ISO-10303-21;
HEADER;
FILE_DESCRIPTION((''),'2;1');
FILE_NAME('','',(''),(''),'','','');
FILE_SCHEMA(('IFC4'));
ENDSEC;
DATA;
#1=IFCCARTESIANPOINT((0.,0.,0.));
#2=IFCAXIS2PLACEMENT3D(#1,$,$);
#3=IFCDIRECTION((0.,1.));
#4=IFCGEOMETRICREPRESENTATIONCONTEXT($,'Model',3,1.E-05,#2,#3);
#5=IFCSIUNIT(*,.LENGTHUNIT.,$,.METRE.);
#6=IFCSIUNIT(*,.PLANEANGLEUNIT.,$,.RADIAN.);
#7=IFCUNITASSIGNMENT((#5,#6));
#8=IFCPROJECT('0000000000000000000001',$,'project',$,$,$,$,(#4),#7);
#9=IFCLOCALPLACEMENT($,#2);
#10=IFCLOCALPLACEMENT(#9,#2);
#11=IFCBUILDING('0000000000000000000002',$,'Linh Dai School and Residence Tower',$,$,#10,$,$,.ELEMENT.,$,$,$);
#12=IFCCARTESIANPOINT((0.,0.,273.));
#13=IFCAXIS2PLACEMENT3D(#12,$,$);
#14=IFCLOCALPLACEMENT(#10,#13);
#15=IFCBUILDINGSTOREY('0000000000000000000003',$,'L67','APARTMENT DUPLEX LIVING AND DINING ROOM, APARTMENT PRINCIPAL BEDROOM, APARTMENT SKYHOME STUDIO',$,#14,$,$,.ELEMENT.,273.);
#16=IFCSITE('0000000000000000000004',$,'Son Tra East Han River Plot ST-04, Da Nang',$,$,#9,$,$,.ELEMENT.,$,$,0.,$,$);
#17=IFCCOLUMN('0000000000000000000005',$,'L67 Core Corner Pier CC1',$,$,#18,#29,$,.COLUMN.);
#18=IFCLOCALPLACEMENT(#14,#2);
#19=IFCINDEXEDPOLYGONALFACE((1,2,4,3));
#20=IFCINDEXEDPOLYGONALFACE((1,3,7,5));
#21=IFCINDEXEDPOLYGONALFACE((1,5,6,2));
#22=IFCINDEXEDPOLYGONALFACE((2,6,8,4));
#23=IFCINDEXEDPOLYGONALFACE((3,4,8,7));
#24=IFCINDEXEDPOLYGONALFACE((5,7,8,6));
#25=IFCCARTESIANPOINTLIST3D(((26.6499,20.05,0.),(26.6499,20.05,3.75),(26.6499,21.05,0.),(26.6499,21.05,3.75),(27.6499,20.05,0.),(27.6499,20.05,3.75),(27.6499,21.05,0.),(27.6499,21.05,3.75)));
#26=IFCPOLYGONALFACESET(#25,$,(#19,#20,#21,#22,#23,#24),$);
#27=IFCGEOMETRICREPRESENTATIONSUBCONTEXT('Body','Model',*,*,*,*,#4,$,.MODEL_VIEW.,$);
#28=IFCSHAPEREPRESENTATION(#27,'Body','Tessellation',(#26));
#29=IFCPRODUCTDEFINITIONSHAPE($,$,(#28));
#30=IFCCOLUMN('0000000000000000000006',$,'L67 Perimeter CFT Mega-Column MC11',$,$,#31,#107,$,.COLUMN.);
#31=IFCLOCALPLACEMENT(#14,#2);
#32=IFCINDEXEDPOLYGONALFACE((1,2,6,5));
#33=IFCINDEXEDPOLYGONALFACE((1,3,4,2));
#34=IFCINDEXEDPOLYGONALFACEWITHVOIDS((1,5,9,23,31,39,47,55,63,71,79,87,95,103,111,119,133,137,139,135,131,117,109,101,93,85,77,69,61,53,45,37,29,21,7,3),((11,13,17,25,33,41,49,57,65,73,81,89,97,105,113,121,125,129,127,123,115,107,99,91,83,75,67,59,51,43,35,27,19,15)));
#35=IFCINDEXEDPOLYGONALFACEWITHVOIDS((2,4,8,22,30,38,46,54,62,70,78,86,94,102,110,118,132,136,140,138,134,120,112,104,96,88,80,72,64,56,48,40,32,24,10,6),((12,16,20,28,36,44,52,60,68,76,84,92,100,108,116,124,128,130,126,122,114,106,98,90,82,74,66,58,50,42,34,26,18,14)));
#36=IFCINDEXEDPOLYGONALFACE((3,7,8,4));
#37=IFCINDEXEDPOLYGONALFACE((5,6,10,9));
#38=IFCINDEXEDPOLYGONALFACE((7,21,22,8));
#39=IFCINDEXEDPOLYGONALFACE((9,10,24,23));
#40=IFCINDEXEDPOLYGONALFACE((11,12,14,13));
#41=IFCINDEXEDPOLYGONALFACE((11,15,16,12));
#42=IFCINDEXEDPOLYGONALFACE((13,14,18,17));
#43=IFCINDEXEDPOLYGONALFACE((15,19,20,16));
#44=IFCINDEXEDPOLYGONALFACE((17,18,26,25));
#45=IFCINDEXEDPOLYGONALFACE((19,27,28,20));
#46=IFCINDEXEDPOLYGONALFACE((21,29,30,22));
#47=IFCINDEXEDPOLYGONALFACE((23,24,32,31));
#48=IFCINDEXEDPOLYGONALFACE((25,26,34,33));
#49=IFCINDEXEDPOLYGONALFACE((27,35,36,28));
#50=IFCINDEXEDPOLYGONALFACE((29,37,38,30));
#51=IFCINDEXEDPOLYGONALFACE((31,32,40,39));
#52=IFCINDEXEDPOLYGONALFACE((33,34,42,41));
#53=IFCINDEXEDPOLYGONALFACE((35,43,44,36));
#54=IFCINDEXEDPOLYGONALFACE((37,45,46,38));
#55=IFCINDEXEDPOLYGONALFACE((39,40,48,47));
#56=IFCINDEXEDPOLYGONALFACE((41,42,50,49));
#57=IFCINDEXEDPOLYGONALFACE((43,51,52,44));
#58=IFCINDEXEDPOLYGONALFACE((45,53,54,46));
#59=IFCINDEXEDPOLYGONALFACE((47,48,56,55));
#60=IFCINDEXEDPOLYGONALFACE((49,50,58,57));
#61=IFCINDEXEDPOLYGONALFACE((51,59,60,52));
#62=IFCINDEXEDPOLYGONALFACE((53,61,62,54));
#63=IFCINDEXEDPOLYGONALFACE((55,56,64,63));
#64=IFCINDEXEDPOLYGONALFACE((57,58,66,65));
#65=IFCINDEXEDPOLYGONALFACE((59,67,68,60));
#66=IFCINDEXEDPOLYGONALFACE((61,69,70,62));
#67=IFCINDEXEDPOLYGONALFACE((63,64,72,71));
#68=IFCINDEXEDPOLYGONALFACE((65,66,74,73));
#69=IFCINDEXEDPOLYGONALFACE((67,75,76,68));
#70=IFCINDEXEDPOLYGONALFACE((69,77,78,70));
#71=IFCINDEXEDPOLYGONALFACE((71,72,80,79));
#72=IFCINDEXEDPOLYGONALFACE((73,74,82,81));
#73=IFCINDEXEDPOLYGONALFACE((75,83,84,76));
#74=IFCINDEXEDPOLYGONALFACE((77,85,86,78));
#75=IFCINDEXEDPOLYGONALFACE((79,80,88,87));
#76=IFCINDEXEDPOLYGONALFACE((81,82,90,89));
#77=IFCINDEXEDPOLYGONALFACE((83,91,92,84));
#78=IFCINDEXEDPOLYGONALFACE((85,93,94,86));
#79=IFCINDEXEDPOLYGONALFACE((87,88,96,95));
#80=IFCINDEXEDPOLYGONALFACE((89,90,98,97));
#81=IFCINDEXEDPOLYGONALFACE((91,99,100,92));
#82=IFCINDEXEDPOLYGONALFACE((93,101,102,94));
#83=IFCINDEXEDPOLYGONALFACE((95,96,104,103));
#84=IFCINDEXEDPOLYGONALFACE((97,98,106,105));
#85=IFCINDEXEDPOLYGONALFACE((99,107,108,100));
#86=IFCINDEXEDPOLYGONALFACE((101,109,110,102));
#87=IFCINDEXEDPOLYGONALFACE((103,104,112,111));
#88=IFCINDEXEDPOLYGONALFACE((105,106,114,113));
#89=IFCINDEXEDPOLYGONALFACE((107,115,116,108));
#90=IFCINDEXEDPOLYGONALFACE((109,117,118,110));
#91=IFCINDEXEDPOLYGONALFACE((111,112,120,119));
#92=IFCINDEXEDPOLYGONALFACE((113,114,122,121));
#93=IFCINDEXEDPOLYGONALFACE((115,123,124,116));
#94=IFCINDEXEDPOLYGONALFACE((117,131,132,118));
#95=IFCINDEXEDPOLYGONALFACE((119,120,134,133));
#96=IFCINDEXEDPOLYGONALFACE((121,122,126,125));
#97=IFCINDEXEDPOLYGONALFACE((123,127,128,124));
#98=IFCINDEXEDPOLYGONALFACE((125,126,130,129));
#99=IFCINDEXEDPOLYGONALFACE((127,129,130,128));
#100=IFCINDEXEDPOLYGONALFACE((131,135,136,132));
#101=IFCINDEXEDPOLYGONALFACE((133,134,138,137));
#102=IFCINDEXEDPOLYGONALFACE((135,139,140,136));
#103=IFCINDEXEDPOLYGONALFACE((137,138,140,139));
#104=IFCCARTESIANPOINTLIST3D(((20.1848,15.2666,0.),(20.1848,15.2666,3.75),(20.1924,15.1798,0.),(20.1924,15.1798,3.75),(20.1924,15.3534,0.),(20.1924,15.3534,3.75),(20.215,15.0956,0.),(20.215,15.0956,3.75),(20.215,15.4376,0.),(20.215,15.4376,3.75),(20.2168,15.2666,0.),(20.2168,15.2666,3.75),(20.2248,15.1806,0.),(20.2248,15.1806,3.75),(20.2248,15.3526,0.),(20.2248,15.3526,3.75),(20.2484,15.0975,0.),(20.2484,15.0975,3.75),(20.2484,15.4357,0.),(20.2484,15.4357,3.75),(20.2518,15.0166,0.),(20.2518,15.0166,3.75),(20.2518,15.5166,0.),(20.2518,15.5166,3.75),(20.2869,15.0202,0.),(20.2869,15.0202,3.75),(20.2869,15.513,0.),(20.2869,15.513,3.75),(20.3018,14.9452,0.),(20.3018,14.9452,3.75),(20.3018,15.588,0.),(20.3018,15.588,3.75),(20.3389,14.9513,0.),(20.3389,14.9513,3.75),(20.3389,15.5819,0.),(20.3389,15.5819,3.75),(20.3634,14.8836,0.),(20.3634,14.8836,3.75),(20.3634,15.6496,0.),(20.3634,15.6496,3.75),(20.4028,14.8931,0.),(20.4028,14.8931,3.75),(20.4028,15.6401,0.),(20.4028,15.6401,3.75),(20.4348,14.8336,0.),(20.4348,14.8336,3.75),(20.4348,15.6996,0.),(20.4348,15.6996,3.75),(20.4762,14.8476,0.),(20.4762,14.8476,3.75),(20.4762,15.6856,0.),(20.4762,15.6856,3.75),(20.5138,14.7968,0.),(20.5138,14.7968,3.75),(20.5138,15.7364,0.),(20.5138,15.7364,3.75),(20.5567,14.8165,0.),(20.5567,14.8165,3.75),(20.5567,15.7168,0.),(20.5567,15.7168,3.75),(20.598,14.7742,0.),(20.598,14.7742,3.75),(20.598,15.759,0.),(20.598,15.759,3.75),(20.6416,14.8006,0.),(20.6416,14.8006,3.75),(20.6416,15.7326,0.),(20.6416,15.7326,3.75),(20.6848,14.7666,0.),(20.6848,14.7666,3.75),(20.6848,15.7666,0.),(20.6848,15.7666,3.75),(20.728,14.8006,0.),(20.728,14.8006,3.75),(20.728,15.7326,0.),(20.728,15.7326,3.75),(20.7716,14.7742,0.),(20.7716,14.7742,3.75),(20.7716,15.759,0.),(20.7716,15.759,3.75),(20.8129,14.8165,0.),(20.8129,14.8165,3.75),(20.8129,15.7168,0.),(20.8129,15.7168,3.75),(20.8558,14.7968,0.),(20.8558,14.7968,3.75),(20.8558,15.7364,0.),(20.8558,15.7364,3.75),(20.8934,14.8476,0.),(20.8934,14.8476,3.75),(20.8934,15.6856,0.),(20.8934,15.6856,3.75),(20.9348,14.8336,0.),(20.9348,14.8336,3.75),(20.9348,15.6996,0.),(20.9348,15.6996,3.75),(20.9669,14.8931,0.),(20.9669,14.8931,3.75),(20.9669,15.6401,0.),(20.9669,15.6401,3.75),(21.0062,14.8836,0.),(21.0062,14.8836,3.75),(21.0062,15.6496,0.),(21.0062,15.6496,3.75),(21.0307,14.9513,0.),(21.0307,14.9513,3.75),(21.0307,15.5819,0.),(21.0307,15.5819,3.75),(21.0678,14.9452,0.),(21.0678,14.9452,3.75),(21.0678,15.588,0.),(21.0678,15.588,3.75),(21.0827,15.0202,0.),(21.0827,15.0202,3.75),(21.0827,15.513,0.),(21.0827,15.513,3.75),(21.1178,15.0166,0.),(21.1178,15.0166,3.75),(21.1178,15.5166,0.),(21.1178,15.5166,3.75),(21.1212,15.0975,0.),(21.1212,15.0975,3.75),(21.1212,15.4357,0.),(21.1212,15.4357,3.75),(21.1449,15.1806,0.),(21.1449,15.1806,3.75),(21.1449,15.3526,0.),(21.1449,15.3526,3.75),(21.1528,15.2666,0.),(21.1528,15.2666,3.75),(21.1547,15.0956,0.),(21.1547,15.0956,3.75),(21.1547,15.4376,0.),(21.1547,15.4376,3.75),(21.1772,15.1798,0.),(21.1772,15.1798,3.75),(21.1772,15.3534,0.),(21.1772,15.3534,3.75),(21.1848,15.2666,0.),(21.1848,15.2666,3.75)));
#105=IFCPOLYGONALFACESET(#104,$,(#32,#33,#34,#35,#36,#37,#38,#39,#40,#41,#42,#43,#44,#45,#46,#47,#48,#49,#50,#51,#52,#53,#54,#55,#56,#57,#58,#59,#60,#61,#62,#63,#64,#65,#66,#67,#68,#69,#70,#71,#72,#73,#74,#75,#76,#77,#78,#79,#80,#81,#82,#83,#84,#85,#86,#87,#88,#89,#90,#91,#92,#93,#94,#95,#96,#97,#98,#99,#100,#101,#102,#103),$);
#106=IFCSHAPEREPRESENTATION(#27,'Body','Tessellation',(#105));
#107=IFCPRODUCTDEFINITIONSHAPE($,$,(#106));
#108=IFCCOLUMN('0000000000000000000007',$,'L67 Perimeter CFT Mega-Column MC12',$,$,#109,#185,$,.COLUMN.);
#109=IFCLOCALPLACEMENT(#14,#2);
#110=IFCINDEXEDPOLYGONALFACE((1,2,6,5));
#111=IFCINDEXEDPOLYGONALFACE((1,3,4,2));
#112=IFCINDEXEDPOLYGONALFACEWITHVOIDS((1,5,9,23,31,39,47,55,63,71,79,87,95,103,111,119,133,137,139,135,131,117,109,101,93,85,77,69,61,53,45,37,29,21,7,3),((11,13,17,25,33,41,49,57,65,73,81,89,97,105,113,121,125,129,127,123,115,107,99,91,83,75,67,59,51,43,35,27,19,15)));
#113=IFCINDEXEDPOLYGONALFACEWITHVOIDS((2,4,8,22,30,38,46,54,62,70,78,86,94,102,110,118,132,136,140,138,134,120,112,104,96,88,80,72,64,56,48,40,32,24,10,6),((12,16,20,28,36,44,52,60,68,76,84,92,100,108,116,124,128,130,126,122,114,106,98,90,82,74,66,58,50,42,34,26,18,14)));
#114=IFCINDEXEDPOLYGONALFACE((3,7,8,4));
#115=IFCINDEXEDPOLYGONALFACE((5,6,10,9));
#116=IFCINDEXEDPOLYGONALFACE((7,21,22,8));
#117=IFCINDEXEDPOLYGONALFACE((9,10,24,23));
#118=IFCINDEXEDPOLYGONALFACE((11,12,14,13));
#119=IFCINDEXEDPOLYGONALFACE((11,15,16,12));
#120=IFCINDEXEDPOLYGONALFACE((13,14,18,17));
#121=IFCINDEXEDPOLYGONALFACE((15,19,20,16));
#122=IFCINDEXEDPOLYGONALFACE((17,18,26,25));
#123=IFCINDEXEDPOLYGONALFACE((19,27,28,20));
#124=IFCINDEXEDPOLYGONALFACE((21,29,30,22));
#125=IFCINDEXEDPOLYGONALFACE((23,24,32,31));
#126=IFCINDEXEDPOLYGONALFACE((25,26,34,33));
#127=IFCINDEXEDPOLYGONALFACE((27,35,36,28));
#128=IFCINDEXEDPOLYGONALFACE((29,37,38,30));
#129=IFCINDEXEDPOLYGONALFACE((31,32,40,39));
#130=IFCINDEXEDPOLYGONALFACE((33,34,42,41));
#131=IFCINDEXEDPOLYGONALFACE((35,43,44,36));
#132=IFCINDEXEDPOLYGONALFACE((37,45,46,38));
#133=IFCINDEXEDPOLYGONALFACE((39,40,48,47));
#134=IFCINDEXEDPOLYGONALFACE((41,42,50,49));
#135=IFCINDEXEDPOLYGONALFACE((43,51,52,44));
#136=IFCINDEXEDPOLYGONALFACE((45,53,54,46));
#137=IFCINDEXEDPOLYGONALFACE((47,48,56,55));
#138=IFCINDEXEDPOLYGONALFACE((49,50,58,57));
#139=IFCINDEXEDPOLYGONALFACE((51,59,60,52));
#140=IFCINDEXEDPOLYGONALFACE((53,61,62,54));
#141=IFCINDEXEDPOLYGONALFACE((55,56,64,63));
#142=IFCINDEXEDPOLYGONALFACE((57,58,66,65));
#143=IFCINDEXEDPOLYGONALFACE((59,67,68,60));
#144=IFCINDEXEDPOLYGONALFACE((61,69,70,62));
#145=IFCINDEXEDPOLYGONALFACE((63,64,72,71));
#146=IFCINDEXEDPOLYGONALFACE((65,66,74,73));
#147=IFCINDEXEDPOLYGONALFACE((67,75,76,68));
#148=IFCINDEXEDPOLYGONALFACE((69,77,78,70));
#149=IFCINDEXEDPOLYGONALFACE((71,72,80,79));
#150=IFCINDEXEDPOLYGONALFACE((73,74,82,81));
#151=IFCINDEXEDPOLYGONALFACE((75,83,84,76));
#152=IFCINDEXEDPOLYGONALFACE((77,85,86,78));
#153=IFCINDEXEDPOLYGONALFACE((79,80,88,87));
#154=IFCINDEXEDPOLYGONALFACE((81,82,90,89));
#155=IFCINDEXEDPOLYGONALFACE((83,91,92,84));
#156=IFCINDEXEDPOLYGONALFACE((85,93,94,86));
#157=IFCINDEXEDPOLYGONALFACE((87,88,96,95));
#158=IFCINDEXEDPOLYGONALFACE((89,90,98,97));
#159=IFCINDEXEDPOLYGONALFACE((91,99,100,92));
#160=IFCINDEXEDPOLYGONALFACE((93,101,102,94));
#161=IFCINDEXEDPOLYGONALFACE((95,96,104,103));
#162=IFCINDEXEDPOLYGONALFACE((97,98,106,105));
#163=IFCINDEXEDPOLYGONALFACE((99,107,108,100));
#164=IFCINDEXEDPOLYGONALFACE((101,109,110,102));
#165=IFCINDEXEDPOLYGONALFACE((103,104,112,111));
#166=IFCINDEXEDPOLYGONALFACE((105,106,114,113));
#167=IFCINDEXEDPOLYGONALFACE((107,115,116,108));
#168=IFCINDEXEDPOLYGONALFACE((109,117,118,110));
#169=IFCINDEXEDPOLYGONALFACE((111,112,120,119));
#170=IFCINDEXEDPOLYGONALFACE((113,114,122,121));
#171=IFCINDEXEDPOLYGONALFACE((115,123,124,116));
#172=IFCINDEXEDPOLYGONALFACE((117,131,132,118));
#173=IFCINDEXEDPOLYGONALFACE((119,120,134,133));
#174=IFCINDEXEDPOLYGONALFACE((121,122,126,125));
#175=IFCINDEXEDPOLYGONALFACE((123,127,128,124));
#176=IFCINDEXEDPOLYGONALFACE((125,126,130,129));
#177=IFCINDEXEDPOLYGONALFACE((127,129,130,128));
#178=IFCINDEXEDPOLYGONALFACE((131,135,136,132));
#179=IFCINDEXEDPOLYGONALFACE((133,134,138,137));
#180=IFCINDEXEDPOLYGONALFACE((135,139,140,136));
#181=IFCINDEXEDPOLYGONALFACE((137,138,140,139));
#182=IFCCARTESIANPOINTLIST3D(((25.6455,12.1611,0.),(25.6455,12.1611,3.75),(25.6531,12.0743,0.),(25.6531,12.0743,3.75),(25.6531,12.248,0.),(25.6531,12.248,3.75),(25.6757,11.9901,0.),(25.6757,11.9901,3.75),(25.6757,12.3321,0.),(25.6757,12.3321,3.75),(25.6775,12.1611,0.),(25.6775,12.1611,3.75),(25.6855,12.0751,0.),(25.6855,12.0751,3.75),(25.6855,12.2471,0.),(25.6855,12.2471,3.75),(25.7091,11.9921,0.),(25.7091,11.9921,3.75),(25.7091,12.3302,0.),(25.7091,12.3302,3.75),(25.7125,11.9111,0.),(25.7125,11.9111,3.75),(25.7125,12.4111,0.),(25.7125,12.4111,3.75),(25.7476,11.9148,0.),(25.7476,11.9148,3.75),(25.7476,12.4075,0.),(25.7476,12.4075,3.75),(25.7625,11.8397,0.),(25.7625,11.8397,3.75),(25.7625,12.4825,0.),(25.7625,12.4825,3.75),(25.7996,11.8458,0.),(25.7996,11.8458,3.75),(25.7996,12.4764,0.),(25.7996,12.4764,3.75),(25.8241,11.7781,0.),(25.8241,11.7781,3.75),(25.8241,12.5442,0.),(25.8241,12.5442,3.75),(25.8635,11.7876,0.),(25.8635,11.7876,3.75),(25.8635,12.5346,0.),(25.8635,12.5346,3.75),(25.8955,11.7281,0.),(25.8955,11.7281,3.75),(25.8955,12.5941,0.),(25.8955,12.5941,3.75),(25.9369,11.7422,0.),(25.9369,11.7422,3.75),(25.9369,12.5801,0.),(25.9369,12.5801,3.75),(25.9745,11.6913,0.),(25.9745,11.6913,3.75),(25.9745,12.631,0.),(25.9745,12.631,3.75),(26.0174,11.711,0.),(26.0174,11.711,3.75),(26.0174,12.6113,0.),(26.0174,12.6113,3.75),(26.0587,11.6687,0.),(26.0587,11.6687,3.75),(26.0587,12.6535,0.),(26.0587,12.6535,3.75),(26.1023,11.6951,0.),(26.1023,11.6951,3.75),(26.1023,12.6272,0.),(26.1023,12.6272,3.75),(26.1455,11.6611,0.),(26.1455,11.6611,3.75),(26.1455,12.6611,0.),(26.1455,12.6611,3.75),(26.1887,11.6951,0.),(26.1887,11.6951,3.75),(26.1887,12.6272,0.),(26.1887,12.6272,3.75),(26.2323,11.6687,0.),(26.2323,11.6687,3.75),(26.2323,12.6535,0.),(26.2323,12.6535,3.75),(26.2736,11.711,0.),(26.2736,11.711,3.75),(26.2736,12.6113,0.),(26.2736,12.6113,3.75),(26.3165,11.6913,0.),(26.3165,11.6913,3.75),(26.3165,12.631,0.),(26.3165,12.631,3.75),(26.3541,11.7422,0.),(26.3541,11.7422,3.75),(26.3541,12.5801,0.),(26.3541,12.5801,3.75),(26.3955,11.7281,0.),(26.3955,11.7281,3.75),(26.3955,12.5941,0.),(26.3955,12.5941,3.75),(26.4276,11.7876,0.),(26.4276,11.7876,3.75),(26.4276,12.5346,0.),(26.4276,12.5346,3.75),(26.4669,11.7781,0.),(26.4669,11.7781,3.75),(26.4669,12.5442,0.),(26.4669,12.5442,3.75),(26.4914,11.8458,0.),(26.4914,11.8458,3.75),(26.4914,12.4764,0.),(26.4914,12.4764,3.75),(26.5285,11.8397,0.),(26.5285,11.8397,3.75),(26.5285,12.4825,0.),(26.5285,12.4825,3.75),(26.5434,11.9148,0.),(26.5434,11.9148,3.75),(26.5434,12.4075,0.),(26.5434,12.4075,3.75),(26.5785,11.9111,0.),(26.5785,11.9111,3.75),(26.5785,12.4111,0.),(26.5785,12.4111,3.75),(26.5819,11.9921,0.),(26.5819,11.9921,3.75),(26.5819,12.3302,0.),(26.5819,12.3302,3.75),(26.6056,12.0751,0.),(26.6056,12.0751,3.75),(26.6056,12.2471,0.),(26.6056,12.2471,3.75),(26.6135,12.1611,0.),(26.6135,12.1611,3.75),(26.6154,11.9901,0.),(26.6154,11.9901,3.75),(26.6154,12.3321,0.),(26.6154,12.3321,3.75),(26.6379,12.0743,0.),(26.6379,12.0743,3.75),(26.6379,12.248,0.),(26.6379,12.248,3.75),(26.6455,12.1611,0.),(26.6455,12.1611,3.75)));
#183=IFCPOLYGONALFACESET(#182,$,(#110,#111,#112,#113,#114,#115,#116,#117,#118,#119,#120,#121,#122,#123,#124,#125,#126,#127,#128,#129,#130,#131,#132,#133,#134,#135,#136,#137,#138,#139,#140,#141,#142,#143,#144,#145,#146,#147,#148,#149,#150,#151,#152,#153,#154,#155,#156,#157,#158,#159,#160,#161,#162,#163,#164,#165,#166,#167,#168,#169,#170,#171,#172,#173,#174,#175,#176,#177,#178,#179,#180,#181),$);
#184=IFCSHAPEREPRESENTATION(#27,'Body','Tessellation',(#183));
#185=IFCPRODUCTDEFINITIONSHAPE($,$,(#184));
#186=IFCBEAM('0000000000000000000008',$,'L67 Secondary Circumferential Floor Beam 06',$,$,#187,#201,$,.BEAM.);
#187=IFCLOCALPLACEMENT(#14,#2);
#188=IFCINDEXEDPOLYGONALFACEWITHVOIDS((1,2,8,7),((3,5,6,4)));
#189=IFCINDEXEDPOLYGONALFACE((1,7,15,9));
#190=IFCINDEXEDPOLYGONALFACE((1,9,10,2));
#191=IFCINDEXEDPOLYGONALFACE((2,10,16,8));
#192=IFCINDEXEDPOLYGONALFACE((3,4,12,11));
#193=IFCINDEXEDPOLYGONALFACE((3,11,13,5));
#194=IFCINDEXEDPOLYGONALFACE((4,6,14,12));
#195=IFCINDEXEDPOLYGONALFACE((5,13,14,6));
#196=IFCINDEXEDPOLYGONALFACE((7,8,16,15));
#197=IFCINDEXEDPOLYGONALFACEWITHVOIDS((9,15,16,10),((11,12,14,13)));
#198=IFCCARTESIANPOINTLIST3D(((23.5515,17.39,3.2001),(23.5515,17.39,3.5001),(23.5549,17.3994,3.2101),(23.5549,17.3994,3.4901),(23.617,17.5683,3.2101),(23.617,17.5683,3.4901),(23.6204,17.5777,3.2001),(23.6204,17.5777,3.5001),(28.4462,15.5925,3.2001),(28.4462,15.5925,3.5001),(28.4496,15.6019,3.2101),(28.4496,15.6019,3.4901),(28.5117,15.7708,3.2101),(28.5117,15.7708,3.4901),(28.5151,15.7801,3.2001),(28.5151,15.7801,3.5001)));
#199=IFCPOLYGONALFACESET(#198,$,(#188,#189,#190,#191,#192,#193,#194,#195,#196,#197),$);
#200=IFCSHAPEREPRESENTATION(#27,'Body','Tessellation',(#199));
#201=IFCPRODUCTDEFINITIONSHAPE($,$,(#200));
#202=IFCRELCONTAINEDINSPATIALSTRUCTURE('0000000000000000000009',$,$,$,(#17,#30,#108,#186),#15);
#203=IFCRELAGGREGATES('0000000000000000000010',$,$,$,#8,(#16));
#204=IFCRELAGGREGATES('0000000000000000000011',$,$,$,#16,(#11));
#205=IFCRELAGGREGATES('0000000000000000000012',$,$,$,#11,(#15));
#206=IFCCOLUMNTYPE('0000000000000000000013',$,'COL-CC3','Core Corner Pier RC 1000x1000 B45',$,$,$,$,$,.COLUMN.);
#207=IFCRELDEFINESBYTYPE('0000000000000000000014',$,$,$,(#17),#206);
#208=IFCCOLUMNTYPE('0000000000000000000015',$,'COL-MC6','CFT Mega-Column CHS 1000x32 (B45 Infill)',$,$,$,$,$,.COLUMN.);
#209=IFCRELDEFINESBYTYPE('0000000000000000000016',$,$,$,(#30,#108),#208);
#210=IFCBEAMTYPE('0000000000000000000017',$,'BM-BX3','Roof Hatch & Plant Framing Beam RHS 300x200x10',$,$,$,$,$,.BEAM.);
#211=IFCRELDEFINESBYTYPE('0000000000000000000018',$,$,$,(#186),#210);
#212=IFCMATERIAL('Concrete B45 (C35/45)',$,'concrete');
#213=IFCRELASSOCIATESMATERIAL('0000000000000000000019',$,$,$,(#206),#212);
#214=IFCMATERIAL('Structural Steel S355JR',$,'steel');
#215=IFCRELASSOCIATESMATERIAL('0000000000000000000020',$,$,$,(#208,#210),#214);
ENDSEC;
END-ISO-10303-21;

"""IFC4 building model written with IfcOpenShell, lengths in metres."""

from ifc_helpers import new_model, si_unit, direction, frame, origin, origin_2d, place, context, subcontext, project, spatial, rectangle, hollow_rectangle, hollow_circle, extrude, material, material_profile, profile_set, type_object, element, save


model = new_model("IFC4")

# Units and contexts
model_context = context("Model", 3, precision=1e-05, world=origin(), true_north=direction((0.0, 1.0)))
body_context = subcontext(model_context, "Body", "Model", "MODEL_VIEW")
ifc_project = project(units=[si_unit("LENGTHUNIT", "METRE"), si_unit("PLANEANGLEUNIT", "RADIAN")], contexts=[model_context])

# Site, building, storey
site_placement = place(None, origin())
site = spatial("IfcSite", under=ifc_project, at=site_placement, Name="Son Tra East Han River Plot ST-04, Da Nang", CompositionType="ELEMENT", RefElevation=0.0)
building_placement = place(site_placement, origin())
building = spatial("IfcBuilding", under=site, at=building_placement, Name="Linh Dai School and Residence Tower", CompositionType="ELEMENT")
storey_placement = place(building_placement, frame((0.0, 0.0, 273.0)))
storey = spatial("IfcBuildingStorey", under=building, at=storey_placement, Name="L67", Description="APARTMENT DUPLEX LIVING AND DINING ROOM, APARTMENT PRINCIPAL BEDROOM, APARTMENT SKYHOME STUDIO", CompositionType="ELEMENT", Elevation=273.0)

# Columns
ifc_material_1 = material(Name="Concrete B45 (C35/45)", Category="concrete")
ifc_material_profile_1 = material_profile(ifc_material_1, rectangle(XDim=1.0, YDim=1.0, at=origin_2d()), Name="RC 1000x1000")
ifc_profile_set_1 = profile_set([ifc_material_profile_1], Name="Concrete B45 (C35/45)")
column_type_1 = type_object("IfcColumnType", Name="COL-CC3", Description="Core Corner Pier RC 1000x1000 B45", PredefinedType="COLUMN", material=ifc_profile_set_1)
column_placement = place(storey_placement, frame((27.1499, 20.55, 0.0), z_axis=(0.0, 0.0, 1.0), x_axis=(1.0, 0.0, 0.0)))
element("IfcColumn", 1, at=column_placement, inside=storey, type_object=column_type_1, Name="L67 Core Corner Pier CC1", PredefinedType="COLUMN", context=body_context, shape_type="SweptSolid", body=[
    extrude(rectangle(XDim=1.0, YDim=1.0, at=origin_2d()), origin(), (0.0, 0.0, 1.0), 3.75),
])
ifc_material_2 = material(Name="Structural Steel S355JR", Category="steel")
ifc_material_profile_2 = material_profile(ifc_material_2, hollow_circle(Radius=0.5, WallThickness=0.032, at=origin_2d()), Name="CHS 1000x32")
ifc_profile_set_2 = profile_set([ifc_material_profile_2], Name="Structural Steel S355JR")
column_type_2 = type_object("IfcColumnType", Name="COL-MC6", Description="CFT Mega-Column CHS 1000x32 (B45 Infill)", PredefinedType="COLUMN", material=ifc_profile_set_2)
for number, where, z_axis, x_axis, name in (
    (2, (20.6848, 15.2666, 0.0), (0.0, 0.0, 1.0), (1.0, 0.0, 0.0), "L67 Perimeter CFT Mega-Column MC11"),
    (3, (26.1455, 12.1611, 0.0), (0.0, 0.0, 1.0), (1.0, 0.0, 0.0), "L67 Perimeter CFT Mega-Column MC12"),
):
    element("IfcColumn", number, at=place(storey_placement, frame(where, z_axis=z_axis, x_axis=x_axis)), inside=storey, type_object=column_type_2, Name=name, PredefinedType="COLUMN", context=body_context, shape_type="SweptSolid", body=[
        extrude(hollow_circle(Radius=0.5, WallThickness=0.032, at=origin_2d()), origin(), (0.0, 0.0, 1.0), 3.75),
    ])

# Beam
ifc_material_profile_3 = material_profile(ifc_material_2, hollow_rectangle(XDim=0.2, YDim=0.3, WallThickness=0.01, at=origin_2d()), Name="RHS 300x200x10")
ifc_profile_set_3 = profile_set([ifc_material_profile_3], Name="Structural Steel S355JR")
beam_type_1 = type_object("IfcBeamType", Name="BM-BX3", Description="Roof Hatch & Plant Framing Beam RHS 300x200x10", PredefinedType="BEAM", material=ifc_profile_set_3)
beam_1_placement = place(storey_placement, frame((23.5859, 17.4839, 3.3501), z_axis=(0.938699, -0.344737, 0.0), x_axis=(0.344737, 0.938699, 0.0)))
element("IfcBeam", 4, at=beam_1_placement, inside=storey, type_object=beam_type_1, Name="L67 Secondary Circumferential Floor Beam 06", PredefinedType="BEAM", context=body_context, shape_type="SweptSolid", body=[
    extrude(hollow_rectangle(XDim=0.2, YDim=0.3, WallThickness=0.01, at=origin_2d()), origin(), (0.0, 0.0, 1.0), 5.2144),
])

save(model, "model.ifc")
